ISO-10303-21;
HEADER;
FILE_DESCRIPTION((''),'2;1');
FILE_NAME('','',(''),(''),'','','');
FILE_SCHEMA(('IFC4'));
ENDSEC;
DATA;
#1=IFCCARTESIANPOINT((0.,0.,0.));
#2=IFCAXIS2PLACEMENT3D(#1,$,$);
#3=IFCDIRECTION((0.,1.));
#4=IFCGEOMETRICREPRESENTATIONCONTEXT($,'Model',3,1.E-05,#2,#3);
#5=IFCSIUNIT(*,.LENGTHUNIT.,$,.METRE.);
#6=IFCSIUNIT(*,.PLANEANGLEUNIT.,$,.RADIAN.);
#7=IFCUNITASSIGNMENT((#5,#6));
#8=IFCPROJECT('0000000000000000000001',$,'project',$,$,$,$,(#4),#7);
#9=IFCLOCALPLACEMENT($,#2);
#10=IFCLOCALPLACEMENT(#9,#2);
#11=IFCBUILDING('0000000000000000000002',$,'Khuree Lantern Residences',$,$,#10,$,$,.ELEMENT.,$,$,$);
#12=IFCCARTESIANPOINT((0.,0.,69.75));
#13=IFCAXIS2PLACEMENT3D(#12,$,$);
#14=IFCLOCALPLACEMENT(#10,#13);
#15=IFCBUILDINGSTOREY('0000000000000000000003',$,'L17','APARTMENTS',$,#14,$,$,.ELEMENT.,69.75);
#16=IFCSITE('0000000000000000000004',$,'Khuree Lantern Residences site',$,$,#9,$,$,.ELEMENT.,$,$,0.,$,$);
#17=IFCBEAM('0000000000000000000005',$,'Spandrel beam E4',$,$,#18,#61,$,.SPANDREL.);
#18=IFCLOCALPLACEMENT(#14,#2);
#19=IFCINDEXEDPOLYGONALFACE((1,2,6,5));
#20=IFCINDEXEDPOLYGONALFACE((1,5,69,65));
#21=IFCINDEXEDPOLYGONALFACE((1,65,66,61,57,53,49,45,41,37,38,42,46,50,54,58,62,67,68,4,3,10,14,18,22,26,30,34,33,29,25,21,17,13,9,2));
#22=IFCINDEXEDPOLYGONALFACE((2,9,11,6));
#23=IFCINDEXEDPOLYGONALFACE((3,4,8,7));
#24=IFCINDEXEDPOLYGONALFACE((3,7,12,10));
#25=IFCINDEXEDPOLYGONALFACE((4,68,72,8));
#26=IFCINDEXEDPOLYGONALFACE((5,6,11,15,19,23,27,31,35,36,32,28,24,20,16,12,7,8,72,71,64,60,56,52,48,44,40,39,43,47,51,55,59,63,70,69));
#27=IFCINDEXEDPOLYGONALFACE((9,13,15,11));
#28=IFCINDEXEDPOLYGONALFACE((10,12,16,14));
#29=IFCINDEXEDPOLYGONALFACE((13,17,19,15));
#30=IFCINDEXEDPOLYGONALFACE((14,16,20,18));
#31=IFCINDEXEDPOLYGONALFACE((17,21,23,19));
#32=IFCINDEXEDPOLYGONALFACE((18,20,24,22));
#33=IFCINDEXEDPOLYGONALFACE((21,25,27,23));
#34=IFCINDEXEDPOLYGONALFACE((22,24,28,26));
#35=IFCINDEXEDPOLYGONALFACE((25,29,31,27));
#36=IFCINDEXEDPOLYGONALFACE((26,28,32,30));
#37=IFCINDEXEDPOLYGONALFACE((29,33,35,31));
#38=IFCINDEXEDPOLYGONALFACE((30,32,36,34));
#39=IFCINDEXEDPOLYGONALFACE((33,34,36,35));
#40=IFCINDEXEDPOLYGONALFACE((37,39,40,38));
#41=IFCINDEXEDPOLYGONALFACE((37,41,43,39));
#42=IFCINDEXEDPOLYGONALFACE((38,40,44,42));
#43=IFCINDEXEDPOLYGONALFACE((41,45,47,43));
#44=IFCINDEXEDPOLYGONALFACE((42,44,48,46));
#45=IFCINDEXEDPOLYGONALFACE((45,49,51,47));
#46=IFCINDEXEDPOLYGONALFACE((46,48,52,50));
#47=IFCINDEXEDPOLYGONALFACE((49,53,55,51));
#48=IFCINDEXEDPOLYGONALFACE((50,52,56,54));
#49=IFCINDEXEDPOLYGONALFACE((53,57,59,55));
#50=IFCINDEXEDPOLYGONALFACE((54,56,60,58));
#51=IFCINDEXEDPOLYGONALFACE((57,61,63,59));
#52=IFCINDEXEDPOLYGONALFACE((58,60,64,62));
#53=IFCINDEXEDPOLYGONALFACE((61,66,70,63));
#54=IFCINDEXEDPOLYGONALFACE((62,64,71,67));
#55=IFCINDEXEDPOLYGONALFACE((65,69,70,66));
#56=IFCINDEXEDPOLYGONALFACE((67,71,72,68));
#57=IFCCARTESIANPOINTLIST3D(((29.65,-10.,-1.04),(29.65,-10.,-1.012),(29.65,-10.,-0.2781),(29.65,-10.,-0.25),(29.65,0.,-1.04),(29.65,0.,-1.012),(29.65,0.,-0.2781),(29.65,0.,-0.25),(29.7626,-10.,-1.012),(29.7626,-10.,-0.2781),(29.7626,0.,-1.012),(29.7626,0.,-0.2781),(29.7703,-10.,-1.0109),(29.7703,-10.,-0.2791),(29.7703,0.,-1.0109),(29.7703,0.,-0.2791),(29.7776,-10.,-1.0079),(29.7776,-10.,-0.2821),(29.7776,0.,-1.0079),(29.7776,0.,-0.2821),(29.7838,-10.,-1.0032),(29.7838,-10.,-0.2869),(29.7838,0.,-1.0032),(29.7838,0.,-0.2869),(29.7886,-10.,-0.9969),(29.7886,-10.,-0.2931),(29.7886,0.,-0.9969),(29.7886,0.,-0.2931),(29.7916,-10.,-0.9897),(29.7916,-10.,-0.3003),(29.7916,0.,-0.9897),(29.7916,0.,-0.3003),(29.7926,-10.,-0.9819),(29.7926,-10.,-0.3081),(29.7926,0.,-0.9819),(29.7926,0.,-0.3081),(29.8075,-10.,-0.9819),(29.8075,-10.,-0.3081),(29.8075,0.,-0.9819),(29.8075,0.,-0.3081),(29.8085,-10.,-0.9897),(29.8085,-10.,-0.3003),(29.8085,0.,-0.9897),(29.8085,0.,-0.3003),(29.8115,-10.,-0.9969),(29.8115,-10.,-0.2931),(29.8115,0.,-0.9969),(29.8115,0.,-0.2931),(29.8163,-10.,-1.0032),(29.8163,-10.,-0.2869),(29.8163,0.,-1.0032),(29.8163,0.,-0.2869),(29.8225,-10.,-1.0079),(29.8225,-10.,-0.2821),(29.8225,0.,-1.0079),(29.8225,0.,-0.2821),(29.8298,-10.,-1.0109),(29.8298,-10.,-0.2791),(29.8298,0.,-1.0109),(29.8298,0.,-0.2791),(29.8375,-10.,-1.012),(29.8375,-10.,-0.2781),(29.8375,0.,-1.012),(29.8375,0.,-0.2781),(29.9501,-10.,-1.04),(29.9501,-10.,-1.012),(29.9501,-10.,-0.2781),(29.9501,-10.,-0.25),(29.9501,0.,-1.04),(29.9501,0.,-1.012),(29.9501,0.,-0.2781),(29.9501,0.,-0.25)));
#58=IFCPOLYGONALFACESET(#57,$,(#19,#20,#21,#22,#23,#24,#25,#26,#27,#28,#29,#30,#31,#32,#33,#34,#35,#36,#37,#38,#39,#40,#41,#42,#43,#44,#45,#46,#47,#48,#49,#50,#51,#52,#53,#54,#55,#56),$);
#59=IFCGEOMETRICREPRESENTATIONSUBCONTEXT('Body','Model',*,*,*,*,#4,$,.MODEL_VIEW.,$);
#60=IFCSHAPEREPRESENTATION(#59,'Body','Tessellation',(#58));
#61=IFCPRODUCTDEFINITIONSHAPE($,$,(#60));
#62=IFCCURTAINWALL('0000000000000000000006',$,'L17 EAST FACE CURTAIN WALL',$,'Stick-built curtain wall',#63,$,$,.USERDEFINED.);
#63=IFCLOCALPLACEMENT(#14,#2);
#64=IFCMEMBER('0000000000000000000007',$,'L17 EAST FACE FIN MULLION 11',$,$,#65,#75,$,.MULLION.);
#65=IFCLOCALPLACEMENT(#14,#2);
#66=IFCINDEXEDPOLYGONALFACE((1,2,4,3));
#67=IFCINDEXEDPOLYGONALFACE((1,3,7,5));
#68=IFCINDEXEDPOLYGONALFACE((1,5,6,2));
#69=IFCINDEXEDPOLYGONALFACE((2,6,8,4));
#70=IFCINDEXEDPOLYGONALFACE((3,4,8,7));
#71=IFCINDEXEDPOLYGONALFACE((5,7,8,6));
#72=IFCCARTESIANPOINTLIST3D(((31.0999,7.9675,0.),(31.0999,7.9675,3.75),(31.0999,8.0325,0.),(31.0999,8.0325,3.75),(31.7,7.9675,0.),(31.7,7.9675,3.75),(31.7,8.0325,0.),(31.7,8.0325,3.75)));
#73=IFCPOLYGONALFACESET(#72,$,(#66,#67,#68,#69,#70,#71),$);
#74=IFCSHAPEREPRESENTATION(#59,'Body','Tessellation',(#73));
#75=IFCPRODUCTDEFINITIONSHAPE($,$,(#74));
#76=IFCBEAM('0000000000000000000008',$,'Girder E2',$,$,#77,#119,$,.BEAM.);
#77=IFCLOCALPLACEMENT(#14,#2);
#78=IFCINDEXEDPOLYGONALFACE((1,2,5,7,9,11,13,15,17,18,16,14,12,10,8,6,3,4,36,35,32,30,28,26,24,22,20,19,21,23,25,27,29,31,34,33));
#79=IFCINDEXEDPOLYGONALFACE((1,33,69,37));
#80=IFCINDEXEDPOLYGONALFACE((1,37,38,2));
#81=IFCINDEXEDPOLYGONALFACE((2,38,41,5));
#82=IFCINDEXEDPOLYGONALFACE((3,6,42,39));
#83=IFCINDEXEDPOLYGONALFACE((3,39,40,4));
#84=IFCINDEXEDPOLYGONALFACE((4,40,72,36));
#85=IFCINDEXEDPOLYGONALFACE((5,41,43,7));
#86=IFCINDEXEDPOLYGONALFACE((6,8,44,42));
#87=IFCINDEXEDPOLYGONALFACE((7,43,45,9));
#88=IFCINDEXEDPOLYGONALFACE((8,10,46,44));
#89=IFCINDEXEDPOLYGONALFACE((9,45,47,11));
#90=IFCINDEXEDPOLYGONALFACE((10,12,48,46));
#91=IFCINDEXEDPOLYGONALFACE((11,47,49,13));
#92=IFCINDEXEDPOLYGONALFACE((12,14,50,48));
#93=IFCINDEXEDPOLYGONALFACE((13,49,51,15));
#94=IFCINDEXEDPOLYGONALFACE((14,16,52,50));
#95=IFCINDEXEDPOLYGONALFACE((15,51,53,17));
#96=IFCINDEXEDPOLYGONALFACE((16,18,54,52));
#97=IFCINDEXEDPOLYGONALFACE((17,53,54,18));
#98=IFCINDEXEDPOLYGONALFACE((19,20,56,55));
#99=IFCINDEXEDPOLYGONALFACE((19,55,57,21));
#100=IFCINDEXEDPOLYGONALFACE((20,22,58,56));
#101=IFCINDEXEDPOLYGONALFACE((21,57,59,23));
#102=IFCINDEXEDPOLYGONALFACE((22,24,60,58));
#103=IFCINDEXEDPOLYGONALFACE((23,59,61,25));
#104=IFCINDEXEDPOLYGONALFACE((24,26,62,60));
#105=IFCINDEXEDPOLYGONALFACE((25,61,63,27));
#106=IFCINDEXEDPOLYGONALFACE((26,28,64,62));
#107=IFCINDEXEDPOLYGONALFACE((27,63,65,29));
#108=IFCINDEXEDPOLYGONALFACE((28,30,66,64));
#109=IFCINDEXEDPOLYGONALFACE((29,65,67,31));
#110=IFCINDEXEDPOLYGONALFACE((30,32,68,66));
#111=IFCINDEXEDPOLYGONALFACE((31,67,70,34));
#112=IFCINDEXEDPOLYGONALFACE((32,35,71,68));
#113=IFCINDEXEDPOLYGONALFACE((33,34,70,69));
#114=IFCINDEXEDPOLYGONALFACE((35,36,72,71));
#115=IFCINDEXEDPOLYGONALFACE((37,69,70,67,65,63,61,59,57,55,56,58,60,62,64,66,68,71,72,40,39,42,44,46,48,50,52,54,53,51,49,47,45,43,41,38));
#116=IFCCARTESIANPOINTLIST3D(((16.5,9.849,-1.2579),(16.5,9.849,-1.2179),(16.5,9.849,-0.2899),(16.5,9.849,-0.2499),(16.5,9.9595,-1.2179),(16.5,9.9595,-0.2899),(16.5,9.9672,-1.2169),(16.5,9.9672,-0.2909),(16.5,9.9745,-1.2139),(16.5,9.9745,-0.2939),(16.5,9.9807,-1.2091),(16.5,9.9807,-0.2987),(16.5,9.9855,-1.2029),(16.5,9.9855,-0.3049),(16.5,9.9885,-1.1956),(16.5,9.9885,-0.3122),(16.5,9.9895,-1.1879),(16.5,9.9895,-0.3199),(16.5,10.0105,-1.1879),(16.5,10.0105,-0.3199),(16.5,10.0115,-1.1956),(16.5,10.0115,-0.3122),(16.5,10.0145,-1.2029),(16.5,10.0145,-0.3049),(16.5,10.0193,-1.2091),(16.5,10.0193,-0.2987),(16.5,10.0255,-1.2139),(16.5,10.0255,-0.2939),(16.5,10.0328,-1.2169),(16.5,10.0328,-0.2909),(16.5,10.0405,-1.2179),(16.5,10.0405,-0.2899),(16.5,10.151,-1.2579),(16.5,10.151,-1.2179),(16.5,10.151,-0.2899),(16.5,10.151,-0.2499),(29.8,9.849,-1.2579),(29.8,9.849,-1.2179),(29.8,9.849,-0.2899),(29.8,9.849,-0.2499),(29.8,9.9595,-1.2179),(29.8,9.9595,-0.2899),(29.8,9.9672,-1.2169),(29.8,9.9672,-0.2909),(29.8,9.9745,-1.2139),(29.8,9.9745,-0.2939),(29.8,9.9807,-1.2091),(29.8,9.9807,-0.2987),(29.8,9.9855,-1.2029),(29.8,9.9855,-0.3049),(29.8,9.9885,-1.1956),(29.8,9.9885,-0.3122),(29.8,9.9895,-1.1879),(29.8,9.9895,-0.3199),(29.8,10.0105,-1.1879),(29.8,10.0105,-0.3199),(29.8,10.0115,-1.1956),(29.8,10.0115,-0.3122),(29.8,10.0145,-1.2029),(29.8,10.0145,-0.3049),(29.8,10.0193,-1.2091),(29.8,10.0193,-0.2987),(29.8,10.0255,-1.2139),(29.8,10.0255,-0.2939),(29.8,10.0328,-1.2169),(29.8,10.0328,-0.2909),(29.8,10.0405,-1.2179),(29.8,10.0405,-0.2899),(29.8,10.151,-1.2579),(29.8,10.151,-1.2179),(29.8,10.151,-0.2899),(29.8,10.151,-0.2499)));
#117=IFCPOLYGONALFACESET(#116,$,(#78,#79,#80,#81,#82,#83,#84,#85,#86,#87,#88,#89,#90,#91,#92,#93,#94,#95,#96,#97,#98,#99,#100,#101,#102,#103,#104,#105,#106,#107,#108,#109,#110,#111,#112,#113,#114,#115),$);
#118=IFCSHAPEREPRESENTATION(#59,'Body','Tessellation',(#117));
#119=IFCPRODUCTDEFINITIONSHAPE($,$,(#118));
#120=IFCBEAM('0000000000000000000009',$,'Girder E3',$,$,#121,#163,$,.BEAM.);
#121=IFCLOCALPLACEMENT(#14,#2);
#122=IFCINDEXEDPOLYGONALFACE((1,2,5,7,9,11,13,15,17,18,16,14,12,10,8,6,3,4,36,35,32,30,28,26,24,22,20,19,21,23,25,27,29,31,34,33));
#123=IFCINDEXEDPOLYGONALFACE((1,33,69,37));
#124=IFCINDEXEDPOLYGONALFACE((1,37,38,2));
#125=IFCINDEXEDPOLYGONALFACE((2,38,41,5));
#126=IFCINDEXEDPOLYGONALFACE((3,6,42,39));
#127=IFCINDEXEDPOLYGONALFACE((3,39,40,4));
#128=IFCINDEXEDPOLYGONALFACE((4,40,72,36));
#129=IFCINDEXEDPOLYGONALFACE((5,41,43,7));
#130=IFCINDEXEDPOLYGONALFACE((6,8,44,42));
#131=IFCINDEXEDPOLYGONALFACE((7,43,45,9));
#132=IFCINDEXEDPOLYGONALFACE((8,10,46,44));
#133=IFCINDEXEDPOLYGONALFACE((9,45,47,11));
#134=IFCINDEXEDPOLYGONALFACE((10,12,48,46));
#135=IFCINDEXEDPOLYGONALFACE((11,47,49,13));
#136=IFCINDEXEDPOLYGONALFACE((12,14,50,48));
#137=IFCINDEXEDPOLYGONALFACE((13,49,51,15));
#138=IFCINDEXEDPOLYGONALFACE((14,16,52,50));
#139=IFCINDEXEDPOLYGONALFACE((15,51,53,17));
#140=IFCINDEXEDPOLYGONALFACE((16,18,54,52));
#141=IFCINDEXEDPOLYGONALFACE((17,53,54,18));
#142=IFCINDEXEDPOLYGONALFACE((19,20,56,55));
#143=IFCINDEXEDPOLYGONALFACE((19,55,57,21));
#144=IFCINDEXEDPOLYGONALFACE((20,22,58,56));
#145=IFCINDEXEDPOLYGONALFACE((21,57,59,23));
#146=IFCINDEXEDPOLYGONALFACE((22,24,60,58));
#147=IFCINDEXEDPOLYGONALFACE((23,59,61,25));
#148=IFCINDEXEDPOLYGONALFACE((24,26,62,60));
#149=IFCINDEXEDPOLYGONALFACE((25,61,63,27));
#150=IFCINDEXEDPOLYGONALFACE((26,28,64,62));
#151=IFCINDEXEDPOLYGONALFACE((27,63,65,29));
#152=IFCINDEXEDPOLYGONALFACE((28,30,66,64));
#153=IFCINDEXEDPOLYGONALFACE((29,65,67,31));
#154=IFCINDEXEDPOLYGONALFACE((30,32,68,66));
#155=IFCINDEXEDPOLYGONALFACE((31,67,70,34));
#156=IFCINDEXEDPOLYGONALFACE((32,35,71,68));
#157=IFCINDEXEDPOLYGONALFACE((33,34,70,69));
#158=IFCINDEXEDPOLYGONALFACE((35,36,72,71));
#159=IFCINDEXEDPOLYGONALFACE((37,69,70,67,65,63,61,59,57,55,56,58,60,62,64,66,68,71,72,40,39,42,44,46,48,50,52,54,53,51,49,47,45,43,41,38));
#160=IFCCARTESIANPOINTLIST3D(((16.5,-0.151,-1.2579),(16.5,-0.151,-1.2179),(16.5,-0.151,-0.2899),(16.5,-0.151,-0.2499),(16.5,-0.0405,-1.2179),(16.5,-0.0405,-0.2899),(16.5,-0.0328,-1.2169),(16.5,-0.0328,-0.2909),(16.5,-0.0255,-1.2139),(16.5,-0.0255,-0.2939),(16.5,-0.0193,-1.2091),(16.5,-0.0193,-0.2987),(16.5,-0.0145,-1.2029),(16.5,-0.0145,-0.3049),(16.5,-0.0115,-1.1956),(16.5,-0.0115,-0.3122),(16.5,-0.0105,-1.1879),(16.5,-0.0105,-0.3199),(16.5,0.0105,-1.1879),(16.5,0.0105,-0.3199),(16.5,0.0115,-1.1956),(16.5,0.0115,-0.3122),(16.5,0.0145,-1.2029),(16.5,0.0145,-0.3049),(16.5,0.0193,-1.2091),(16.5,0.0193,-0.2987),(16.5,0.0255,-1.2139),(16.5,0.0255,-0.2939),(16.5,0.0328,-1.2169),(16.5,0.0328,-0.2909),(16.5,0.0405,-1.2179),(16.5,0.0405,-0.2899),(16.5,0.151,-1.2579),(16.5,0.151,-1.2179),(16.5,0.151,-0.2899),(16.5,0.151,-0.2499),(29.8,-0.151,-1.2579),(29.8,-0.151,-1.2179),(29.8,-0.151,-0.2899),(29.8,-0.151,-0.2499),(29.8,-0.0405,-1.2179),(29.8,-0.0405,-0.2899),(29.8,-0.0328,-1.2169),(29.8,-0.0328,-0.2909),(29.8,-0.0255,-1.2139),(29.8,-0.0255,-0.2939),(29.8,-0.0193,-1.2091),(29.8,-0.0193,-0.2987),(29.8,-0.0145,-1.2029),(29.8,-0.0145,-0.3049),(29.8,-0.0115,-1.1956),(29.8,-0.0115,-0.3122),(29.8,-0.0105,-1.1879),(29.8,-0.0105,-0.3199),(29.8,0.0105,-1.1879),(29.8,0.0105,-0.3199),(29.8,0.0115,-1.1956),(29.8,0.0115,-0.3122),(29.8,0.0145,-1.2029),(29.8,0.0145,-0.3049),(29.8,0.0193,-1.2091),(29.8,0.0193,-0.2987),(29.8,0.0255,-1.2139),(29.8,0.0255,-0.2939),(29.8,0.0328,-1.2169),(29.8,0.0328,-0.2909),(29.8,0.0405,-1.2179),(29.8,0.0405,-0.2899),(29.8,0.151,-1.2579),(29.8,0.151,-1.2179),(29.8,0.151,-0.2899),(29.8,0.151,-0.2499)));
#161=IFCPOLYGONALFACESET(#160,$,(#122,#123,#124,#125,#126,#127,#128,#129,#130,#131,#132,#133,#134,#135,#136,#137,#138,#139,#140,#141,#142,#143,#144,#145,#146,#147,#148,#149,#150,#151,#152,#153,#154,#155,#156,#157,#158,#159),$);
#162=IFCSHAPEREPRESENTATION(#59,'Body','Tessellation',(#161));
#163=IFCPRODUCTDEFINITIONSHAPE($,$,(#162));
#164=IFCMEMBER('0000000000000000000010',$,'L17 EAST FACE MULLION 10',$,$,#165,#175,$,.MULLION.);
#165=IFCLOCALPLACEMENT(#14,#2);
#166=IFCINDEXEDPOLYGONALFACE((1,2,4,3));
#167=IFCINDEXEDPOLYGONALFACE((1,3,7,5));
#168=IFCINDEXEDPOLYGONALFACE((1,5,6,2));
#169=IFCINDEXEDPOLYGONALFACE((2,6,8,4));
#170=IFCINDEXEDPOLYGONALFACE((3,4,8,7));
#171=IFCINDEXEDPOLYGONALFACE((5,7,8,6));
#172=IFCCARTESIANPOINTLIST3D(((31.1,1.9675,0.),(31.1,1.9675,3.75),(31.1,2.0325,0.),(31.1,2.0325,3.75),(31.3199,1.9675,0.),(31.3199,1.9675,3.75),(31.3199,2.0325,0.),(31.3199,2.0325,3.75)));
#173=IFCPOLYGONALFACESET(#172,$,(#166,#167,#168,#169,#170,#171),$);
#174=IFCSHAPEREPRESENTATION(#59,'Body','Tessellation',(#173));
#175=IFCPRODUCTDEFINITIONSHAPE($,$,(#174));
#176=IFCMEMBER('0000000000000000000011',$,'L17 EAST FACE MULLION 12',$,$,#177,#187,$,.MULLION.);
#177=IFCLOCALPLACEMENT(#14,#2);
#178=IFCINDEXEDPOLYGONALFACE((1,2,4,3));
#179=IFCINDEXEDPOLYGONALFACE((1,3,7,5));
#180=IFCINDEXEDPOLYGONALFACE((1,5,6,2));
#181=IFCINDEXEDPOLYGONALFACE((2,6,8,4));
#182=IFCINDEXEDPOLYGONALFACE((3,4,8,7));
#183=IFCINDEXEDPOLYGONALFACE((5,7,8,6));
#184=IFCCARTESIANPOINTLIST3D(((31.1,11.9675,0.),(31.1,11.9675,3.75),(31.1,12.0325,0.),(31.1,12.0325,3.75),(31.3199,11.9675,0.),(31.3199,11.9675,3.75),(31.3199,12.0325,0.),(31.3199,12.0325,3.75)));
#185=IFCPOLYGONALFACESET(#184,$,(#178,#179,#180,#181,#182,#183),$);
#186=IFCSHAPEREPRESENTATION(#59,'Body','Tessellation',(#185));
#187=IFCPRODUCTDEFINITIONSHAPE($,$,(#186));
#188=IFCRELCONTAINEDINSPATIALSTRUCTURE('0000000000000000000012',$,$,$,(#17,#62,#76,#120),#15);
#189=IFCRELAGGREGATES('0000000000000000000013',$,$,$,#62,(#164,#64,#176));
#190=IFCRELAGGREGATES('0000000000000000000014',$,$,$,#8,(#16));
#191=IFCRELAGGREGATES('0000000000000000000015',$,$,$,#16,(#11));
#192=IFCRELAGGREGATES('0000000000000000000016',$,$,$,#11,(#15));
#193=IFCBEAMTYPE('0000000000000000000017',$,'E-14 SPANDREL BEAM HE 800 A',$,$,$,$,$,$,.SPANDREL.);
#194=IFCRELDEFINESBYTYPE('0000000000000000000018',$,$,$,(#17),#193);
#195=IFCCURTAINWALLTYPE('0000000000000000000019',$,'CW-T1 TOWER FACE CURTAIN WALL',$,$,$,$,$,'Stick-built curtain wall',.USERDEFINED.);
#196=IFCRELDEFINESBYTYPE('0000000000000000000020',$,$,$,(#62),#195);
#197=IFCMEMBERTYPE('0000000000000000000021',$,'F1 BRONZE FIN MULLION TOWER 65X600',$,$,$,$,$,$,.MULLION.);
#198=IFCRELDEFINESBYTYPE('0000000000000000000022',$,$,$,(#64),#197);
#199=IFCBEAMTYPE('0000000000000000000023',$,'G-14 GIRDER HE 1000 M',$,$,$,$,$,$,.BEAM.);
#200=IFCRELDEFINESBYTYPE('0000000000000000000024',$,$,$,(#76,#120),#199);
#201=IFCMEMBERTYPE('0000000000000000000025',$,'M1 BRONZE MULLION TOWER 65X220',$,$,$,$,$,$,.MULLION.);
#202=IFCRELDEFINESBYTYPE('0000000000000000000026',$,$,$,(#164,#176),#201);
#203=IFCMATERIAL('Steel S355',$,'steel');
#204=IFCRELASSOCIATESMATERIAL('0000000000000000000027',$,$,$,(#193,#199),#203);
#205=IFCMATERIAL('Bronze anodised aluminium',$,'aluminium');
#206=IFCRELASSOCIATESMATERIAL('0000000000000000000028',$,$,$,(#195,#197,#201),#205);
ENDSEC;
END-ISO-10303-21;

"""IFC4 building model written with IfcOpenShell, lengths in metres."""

from ifc_helpers import new_model, si_unit, direction, frame, origin, origin_2d, place, context, subcontext, project, spatial, rectangle, i_section, extrude, material, material_profile, profile_set, type_object, element, aggregate, save


model = new_model("IFC4")

# Units and contexts
model_context = context("Model", 3, precision=1e-05, world=origin(), true_north=direction((0.0, 1.0)))
body_context = subcontext(model_context, "Body", "Model", "MODEL_VIEW")
ifc_project = project(units=[si_unit("LENGTHUNIT", "METRE"), si_unit("PLANEANGLEUNIT", "RADIAN")], contexts=[model_context])

# Site, building, storey
site_placement = place(None, origin())
site = spatial("IfcSite", under=ifc_project, at=site_placement, Name="Khuree Lantern Residences site", CompositionType="ELEMENT", RefElevation=0.0)
building_placement = place(site_placement, origin())
building = spatial("IfcBuilding", under=site, at=building_placement, Name="Khuree Lantern Residences", CompositionType="ELEMENT")
storey_placement = place(building_placement, frame((0.0, 0.0, 69.75)))
storey = spatial("IfcBuildingStorey", under=building, at=storey_placement, Name="L17", Description="APARTMENTS", CompositionType="ELEMENT", Elevation=69.75)

# Beam
ifc_material_1 = material(Name="Steel S355", Category="steel")
ifc_material_profile_1 = material_profile(ifc_material_1, i_section(OverallWidth=0.3, OverallDepth=0.79, WebThickness=0.0149, FlangeThickness=0.0281, FilletRadius=0.03, at=origin_2d()), Name="HE 800 A")
ifc_profile_set_1 = profile_set([ifc_material_profile_1], Name="Steel S355")
beam_type_1 = type_object("IfcBeamType", Name="E-14 SPANDREL BEAM HE 800 A", PredefinedType="SPANDREL", material=ifc_profile_set_1)
for number, where, z_axis, x_axis, name in (
    (1, (29.8, 0.0, -0.645), (0.0, -1.0, 0.0), (1.0, 0.0, 0.0), "Spandrel beam E4"),
):
    element("IfcBeam", number, at=place(storey_placement, frame(where, z_axis=z_axis, x_axis=x_axis)), inside=storey, type_object=beam_type_1, Name=name, PredefinedType="SPANDREL", context=body_context, shape_type="SweptSolid", body=[
        extrude(i_section(OverallWidth=0.3, OverallDepth=0.79, WebThickness=0.0149, FlangeThickness=0.0281, FilletRadius=0.03, at=origin_2d()), origin(), (0.0, 0.0, 1.0), 10.0),
    ])

# Curtain wall, member
ifc_material_2 = material(Name="Bronze anodised aluminium", Category="aluminium")
curtain_wall_type = type_object("IfcCurtainWallType", Name="CW-T1 TOWER FACE CURTAIN WALL", ElementType="Stick-built curtain wall", PredefinedType="USERDEFINED", material=ifc_material_2)
curtain_wall_placement = place(storey_placement, origin())
curtain_wall = element("IfcCurtainWall", 2, at=curtain_wall_placement, inside=storey, type_object=curtain_wall_type, Name="L17 EAST FACE CURTAIN WALL", ObjectType="Stick-built curtain wall", PredefinedType="USERDEFINED")
ifc_material_profile_2 = material_profile(ifc_material_2, rectangle(XDim=0.0649, YDim=0.6001, at=origin_2d()), Name="F1 65X600")
ifc_profile_set_2 = profile_set([ifc_material_profile_2], Name="Bronze anodised aluminium")
member_type_1 = type_object("IfcMemberType", Name="F1 BRONZE FIN MULLION TOWER 65X600", PredefinedType="MULLION", material=ifc_profile_set_2)
member_1_placement = place(storey_placement, frame((31.3999, 8.0, 0.0), z_axis=(0.0, 0.0, 1.0), x_axis=(0.0, 1.0, 0.0)))
member_1 = element("IfcMember", 3, at=member_1_placement, type_object=member_type_1, Name="L17 EAST FACE FIN MULLION 11", PredefinedType="MULLION", context=body_context, shape_type="SweptSolid", body=[
    extrude(rectangle(XDim=0.0649, YDim=0.6001, at=origin_2d()), origin(), (0.0, 0.0, 1.0), 3.75),
])

# Beams
ifc_material_profile_3 = material_profile(ifc_material_1, i_section(OverallWidth=0.302, OverallDepth=1.0081, WebThickness=0.021, FlangeThickness=0.04, FilletRadius=0.03, at=origin_2d()), Name="HE 1000 M")
ifc_profile_set_3 = profile_set([ifc_material_profile_3], Name="Steel S355")
beam_type_2 = type_object("IfcBeamType", Name="G-14 GIRDER HE 1000 M", PredefinedType="BEAM", material=ifc_profile_set_3)
for number, where, z_axis, x_axis, name in (
    (4, (29.8, 10.0, -0.7539), (-1.0, 0.0, 0.0), (0.0, -1.0, 0.0), "Girder E2"),
    (5, (29.8, 0.0, -0.7539), (-1.0, 0.0, 0.0), (0.0, -1.0, 0.0), "Girder E3"),
):
    element("IfcBeam", number, at=place(storey_placement, frame(where, z_axis=z_axis, x_axis=x_axis)), inside=storey, type_object=beam_type_2, Name=name, PredefinedType="BEAM", context=body_context, shape_type="SweptSolid", body=[
        extrude(i_section(OverallWidth=0.302, OverallDepth=1.0081, WebThickness=0.021, FlangeThickness=0.04, FilletRadius=0.03, at=origin_2d()), origin(), (0.0, 0.0, 1.0), 13.3),
    ])

# Members
ifc_material_profile_4 = material_profile(ifc_material_2, rectangle(XDim=0.0649, YDim=0.22, at=origin_2d()), Name="M1 65X220")
ifc_profile_set_4 = profile_set([ifc_material_profile_4], Name="Bronze anodised aluminium")
member_type_2 = type_object("IfcMemberType", Name="M1 BRONZE MULLION TOWER 65X220", PredefinedType="MULLION", material=ifc_profile_set_4)
member_2_placement = place(storey_placement, frame((31.21, 2.0, 0.0), z_axis=(0.0, 0.0, 1.0), x_axis=(0.0, 1.0, 0.0)))
member_2 = element("IfcMember", 6, at=member_2_placement, type_object=member_type_2, Name="L17 EAST FACE MULLION 10", PredefinedType="MULLION", context=body_context, shape_type="SweptSolid", body=[
    extrude(rectangle(XDim=0.0649, YDim=0.22, at=origin_2d()), origin(), (0.0, 0.0, 1.0), 3.75),
])
member_3_placement = place(storey_placement, frame((31.21, 12.0, 0.0), z_axis=(0.0, 0.0, 1.0), x_axis=(0.0, 1.0, 0.0)))
member_3 = element("IfcMember", 7, at=member_3_placement, type_object=member_type_2, Name="L17 EAST FACE MULLION 12", PredefinedType="MULLION", context=body_context, shape_type="SweptSolid", body=[
    extrude(rectangle(XDim=0.0649, YDim=0.22, at=origin_2d()), origin(), (0.0, 0.0, 1.0), 3.75),
])

aggregate(curtain_wall, [member_2, member_1, member_3])

save(model, "model.ifc")
